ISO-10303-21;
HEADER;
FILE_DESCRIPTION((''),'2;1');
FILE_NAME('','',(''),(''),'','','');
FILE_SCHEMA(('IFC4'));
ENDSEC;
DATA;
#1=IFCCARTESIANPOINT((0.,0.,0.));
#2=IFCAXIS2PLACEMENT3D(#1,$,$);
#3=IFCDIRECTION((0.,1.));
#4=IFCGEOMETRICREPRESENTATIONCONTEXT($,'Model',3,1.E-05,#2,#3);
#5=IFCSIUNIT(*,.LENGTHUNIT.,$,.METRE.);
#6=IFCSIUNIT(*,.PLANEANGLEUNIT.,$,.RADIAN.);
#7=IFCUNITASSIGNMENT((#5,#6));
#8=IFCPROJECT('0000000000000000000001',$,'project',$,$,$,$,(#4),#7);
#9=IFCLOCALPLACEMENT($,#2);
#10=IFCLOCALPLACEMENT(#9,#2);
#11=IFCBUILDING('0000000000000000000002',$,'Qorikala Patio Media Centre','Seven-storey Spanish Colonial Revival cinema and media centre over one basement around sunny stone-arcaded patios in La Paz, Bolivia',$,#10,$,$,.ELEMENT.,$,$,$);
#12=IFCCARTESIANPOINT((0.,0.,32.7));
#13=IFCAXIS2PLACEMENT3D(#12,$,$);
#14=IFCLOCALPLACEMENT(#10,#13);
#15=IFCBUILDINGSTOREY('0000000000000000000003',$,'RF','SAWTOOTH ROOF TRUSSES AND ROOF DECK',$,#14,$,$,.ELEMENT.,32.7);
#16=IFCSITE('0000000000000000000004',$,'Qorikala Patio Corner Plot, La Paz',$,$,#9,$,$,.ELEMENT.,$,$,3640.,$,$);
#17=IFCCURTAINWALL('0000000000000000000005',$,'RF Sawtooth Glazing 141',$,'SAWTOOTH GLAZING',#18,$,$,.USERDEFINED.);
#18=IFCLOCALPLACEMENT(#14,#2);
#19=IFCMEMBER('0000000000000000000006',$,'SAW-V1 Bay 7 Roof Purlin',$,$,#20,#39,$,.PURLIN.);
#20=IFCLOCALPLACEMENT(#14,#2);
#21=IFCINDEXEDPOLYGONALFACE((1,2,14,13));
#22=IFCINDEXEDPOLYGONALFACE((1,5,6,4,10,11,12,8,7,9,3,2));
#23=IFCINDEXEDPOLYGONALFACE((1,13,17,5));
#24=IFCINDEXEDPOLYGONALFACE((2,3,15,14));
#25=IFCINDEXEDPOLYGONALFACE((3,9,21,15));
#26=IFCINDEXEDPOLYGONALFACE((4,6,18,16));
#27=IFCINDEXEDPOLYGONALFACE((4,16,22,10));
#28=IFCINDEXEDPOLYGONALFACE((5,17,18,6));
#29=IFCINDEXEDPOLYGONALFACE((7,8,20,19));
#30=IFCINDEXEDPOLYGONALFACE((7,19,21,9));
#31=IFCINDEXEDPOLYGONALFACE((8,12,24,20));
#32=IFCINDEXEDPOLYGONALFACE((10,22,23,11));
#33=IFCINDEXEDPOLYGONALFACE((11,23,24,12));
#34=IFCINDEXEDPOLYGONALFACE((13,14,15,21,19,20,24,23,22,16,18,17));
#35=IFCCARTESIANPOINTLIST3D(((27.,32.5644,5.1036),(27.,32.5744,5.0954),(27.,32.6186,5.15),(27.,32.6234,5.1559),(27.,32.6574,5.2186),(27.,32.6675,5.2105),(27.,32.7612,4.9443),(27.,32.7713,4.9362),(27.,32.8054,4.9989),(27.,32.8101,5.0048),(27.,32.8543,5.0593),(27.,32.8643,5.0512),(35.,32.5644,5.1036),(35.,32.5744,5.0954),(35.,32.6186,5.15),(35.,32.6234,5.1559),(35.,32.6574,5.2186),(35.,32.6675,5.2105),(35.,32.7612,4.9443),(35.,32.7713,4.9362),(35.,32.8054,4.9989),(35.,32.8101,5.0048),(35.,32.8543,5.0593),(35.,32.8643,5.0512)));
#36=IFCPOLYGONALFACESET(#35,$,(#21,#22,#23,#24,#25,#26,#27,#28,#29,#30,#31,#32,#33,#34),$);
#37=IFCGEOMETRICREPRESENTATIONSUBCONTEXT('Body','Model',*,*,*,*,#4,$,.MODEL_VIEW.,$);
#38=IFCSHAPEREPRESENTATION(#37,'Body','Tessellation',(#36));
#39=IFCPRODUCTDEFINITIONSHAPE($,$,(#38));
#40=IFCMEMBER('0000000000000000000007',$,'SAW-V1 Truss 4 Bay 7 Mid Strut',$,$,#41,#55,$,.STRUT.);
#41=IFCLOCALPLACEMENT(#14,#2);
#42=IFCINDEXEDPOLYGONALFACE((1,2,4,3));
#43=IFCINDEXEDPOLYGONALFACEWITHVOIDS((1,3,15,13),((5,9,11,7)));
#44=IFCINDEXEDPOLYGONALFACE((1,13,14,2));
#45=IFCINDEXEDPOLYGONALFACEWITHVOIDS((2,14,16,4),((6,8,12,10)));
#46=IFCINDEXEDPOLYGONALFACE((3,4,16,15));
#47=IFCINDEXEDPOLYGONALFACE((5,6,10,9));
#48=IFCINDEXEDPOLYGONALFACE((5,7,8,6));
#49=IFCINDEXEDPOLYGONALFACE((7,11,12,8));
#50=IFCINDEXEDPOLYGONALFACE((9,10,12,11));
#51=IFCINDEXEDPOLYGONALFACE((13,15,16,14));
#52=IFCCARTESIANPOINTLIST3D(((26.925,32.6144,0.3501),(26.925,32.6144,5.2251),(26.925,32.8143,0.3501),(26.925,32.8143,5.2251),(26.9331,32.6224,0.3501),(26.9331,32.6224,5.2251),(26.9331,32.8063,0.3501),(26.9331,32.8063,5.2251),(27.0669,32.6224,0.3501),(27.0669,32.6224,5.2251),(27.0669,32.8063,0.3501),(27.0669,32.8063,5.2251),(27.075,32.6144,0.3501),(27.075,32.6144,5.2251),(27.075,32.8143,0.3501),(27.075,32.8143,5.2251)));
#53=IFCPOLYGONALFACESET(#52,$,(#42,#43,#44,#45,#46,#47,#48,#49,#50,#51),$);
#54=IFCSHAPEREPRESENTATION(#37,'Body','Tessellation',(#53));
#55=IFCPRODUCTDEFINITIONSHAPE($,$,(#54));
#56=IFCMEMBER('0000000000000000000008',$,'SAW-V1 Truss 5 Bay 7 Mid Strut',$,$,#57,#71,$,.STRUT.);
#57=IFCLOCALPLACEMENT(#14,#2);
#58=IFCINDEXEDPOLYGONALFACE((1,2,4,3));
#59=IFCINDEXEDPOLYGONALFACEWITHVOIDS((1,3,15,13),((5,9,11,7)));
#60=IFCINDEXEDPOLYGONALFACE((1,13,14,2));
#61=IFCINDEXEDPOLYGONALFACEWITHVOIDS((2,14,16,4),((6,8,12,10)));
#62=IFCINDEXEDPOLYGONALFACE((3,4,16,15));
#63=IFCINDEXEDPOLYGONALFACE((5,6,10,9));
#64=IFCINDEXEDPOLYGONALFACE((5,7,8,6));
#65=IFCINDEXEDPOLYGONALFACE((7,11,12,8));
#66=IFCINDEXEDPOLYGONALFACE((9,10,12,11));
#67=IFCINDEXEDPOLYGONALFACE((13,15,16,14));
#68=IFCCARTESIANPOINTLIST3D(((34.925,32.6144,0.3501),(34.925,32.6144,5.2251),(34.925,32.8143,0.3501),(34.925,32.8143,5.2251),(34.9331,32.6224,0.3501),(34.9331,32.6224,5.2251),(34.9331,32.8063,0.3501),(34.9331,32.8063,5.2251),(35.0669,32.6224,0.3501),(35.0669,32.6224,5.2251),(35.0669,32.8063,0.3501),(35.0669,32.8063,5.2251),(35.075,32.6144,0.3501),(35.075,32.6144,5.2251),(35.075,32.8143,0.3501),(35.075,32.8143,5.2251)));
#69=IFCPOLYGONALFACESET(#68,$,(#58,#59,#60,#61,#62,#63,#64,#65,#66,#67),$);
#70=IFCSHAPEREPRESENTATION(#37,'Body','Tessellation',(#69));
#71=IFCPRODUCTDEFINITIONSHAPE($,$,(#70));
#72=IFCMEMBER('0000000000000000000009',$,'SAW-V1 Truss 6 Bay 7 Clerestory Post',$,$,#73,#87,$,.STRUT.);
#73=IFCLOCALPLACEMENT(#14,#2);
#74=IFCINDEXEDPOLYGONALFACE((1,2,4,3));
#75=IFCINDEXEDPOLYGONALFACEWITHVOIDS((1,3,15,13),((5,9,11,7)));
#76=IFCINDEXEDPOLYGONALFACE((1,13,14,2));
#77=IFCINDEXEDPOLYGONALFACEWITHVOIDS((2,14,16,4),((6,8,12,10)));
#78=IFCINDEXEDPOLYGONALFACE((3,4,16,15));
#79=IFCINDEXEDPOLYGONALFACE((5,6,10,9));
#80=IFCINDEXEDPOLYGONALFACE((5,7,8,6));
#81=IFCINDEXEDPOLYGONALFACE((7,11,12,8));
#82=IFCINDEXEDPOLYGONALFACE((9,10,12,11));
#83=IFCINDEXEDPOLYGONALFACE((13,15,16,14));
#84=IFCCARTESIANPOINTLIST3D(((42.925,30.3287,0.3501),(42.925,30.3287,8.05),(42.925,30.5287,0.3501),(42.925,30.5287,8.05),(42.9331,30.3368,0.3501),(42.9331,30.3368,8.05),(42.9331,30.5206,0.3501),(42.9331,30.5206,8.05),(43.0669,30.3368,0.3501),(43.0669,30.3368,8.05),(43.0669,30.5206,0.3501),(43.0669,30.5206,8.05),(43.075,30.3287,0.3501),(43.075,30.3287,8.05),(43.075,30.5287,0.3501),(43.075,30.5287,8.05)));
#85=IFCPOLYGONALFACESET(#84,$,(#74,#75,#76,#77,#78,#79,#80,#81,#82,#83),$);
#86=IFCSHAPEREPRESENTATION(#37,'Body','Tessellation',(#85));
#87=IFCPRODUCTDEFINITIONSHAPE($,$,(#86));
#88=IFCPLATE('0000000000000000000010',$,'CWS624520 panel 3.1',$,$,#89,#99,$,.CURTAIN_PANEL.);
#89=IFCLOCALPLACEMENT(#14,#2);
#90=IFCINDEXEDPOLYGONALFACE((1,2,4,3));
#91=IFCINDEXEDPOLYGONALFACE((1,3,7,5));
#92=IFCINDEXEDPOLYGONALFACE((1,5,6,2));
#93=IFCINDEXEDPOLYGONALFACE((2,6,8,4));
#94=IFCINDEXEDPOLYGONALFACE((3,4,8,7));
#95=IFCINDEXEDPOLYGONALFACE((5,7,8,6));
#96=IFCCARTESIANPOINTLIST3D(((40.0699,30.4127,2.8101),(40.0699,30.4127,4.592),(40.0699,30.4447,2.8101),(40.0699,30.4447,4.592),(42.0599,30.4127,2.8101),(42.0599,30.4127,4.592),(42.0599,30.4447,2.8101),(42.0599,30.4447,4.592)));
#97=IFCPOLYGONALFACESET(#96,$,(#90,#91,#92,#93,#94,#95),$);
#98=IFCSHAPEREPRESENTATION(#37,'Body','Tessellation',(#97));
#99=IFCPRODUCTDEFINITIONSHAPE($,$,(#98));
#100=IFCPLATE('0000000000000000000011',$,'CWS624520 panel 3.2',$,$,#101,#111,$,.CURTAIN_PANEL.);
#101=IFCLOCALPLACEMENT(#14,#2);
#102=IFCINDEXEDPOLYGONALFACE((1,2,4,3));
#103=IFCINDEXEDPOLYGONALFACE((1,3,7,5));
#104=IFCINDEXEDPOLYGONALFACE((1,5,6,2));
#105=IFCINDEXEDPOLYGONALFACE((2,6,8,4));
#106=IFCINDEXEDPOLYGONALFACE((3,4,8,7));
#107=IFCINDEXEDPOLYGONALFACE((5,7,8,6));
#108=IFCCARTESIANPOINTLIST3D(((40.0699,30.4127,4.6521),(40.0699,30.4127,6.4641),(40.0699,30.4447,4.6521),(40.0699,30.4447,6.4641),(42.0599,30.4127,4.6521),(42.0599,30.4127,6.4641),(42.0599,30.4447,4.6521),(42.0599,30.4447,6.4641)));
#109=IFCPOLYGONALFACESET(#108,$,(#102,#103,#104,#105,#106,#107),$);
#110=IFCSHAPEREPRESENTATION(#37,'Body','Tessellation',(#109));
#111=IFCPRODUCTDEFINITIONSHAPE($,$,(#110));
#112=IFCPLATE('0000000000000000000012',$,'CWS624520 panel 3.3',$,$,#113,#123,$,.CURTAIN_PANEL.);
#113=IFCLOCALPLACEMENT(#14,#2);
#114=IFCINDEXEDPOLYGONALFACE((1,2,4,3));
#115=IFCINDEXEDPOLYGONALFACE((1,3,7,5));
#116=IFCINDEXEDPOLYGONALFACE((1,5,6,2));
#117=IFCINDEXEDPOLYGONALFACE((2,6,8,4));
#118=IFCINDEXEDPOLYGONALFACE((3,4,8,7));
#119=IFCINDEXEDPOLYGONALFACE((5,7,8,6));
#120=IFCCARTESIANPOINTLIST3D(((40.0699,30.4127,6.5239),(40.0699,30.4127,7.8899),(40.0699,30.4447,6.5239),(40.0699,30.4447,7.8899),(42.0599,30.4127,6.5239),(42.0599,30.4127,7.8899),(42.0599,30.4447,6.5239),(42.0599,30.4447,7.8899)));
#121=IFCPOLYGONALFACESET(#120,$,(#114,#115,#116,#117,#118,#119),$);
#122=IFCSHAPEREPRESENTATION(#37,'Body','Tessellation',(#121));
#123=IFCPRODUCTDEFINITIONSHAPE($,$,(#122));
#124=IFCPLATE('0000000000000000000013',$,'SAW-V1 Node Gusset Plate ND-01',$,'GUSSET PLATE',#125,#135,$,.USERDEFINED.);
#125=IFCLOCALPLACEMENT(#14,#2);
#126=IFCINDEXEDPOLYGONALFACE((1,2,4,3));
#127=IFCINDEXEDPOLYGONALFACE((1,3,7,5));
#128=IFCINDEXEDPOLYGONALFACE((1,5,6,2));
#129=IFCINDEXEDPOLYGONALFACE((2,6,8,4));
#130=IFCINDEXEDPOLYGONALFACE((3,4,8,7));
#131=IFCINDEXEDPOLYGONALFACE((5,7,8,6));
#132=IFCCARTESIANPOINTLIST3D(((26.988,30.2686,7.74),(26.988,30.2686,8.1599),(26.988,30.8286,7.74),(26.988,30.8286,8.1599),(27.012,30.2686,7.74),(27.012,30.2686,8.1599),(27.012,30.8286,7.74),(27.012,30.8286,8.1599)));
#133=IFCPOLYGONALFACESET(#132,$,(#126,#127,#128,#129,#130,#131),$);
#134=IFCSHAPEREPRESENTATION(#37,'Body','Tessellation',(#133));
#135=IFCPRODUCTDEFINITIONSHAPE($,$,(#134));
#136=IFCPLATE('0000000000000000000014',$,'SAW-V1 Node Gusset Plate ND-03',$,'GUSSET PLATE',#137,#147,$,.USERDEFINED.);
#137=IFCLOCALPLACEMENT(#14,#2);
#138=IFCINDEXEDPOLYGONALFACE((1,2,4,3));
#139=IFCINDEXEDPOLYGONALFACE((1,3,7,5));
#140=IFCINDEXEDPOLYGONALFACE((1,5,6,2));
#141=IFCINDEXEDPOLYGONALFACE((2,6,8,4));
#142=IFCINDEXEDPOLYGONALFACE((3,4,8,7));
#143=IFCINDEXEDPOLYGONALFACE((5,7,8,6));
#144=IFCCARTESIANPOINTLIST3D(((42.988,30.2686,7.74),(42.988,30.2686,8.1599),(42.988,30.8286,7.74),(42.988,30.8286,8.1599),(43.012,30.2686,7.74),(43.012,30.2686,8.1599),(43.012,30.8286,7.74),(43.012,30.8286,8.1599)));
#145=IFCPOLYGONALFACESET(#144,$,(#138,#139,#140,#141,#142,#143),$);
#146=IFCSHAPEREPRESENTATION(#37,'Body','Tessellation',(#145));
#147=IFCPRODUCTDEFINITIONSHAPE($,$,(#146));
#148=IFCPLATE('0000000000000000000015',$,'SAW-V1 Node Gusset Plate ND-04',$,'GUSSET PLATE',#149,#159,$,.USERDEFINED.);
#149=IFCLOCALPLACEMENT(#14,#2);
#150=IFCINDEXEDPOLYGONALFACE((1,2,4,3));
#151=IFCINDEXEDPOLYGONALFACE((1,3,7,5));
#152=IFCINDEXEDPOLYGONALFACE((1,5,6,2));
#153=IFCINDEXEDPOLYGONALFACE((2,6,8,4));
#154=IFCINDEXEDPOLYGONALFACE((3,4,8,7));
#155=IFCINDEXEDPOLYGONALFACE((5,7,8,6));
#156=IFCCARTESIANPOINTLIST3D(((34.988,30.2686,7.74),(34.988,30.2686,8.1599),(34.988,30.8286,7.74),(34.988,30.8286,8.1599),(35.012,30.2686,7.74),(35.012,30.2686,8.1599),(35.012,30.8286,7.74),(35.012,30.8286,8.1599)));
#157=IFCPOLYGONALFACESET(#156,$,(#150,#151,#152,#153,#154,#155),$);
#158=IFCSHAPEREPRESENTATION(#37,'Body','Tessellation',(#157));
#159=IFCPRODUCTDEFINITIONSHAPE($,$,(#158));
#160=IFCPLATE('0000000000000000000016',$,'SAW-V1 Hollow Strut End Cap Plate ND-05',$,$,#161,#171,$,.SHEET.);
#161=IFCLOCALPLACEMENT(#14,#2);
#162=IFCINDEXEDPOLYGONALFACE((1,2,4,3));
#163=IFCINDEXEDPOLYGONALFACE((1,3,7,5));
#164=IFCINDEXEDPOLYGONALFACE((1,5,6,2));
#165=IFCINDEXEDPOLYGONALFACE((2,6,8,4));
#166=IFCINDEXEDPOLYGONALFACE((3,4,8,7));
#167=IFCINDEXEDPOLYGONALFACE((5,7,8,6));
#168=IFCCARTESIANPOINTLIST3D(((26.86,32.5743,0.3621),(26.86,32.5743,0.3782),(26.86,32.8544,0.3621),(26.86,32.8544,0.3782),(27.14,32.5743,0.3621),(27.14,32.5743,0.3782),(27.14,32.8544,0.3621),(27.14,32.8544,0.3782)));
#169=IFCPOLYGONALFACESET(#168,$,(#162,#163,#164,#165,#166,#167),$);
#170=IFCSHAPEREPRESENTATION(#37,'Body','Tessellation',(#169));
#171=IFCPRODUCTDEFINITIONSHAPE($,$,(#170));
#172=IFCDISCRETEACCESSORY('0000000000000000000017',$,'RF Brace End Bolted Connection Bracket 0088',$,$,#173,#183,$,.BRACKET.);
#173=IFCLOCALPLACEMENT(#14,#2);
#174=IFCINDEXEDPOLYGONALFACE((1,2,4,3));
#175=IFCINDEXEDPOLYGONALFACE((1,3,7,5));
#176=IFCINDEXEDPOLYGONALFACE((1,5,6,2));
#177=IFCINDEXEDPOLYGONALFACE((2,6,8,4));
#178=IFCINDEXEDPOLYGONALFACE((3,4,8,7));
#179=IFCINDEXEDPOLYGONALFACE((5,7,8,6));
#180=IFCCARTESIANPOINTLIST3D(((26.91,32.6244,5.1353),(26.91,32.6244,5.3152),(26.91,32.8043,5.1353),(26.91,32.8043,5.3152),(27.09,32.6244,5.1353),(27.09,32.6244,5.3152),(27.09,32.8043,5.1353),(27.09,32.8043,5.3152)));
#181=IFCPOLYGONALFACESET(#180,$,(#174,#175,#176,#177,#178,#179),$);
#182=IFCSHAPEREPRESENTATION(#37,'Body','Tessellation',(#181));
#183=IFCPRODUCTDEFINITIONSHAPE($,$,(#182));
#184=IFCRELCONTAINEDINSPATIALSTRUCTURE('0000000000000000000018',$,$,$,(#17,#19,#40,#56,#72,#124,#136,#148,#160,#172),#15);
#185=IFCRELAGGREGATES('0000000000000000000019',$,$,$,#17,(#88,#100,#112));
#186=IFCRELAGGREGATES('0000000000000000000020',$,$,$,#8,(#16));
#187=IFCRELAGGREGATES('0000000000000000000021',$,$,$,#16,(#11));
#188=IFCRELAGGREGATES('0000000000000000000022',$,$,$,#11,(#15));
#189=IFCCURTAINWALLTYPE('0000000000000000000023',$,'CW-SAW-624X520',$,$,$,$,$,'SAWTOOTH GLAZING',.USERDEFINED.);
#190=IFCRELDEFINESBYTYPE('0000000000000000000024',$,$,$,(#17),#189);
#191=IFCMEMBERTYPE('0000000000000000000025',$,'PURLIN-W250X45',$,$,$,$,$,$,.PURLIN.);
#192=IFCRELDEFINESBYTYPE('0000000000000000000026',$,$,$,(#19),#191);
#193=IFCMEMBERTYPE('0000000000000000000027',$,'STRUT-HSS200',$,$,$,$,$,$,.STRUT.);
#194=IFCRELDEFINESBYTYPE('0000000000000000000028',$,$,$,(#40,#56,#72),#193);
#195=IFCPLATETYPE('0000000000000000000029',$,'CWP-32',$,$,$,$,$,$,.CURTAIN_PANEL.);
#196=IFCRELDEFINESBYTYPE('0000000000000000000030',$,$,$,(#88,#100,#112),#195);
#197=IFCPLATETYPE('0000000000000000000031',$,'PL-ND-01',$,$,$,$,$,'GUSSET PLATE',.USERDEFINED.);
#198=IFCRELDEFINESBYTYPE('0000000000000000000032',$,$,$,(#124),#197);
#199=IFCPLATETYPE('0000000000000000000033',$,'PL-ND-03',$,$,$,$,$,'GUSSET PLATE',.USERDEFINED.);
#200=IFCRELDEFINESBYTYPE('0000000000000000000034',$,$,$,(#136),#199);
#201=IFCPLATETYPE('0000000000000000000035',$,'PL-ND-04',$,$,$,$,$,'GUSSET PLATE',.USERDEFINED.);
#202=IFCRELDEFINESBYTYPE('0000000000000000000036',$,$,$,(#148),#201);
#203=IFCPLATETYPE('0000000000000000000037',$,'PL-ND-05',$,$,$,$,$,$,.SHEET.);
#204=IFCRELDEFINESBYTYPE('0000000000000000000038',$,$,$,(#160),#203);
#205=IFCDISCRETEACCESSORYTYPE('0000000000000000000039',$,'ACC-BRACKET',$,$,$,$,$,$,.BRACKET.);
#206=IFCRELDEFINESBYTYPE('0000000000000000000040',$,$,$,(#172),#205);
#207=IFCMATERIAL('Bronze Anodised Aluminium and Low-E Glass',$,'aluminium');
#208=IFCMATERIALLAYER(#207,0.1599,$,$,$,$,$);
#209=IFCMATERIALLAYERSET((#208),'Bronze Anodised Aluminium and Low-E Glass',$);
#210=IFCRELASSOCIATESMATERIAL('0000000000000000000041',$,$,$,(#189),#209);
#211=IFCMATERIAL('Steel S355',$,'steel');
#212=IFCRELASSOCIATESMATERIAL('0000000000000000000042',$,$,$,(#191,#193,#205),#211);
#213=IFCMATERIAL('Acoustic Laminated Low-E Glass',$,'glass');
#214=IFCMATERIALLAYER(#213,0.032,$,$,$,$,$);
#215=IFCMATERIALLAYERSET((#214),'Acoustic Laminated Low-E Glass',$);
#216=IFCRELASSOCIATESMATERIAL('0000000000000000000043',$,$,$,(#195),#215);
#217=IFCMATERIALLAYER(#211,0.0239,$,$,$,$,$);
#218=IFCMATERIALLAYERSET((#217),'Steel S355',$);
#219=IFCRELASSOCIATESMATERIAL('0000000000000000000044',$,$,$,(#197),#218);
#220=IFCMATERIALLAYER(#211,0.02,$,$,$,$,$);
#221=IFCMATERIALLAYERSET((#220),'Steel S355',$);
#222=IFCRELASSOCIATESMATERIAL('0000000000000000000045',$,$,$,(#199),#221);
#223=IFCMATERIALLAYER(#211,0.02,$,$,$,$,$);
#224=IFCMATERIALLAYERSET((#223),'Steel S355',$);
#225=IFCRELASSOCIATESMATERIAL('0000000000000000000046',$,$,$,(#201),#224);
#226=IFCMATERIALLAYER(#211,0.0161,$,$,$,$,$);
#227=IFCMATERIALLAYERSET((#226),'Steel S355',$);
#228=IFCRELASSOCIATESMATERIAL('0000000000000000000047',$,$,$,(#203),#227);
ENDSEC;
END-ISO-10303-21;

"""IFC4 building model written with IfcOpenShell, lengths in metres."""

from ifc_helpers import new_model, si_unit, direction, frame, origin, origin_2d, place, context, subcontext, project, spatial, rectangle, hollow_rectangle, i_section, extrude, material, layer, layer_set, material_profile, profile_set, type_object, element, aggregate, save


model = new_model("IFC4")

# Units and contexts
model_context = context("Model", 3, precision=1e-05, world=origin(), true_north=direction((0.0, 1.0)))
body_context = subcontext(model_context, "Body", "Model", "MODEL_VIEW")
ifc_project = project(units=[si_unit("LENGTHUNIT", "METRE"), si_unit("PLANEANGLEUNIT", "RADIAN")], contexts=[model_context])

# Site, building, storey
site_placement = place(None, origin())
site = spatial("IfcSite", under=ifc_project, at=site_placement, Name="Qorikala Patio Corner Plot, La Paz", CompositionType="ELEMENT", RefElevation=3640.0)
building_placement = place(site_placement, origin())
building = spatial("IfcBuilding", under=site, at=building_placement, Name="Qorikala Patio Media Centre", Description="Seven-storey Spanish Colonial Revival cinema and media centre over one basement around sunny stone-arcaded patios in La Paz, Bolivia", CompositionType="ELEMENT")
storey_placement = place(building_placement, frame((0.0, 0.0, 32.7)))
storey = spatial("IfcBuildingStorey", under=building, at=storey_placement, Name="RF", Description="SAWTOOTH ROOF TRUSSES AND ROOF DECK", CompositionType="ELEMENT", Elevation=32.7)

# Shared definitions
ifc_material_1 = material(Name="Steel S355", Category="steel")

# Curtain wall
ifc_material_2 = material(Name="Bronze Anodised Aluminium and Low-E Glass", Category="aluminium")
ifc_layer_1 = layer(ifc_material_2, 0.1599)
ifc_layer_set_1 = layer_set([ifc_layer_1], Name="Bronze Anodised Aluminium and Low-E Glass")
curtain_wall_type = type_object("IfcCurtainWallType", Name="CW-SAW-624X520", ElementType="SAWTOOTH GLAZING", PredefinedType="USERDEFINED", material=ifc_layer_set_1)
curtain_wall_placement = place(storey_placement, origin())
curtain_wall = element("IfcCurtainWall", 1, at=curtain_wall_placement, inside=storey, type_object=curtain_wall_type, Name="RF Sawtooth Glazing 141", ObjectType="SAWTOOTH GLAZING", PredefinedType="USERDEFINED")

# Members
ifc_material_profile_1 = material_profile(ifc_material_1, i_section(OverallWidth=0.1479, OverallDepth=0.2661, WebThickness=0.0076, FlangeThickness=0.0129, at=origin_2d()), Name="W250X45")
ifc_profile_set_1 = profile_set([ifc_material_profile_1], Name="Steel S355")
member_type_1 = type_object("IfcMemberType", Name="PURLIN-W250X45", PredefinedType="PURLIN", material=ifc_profile_set_1)
for number, where, z_axis, x_axis, name in (
    (2, (27.0, 32.7144, 5.0774), (1.0, 0.0, 0.0), (0.0, 0.628995, 0.77741), "SAW-V1 Bay 7 Roof Purlin"),
):
    element("IfcMember", number, at=place(storey_placement, frame(where, z_axis=z_axis, x_axis=x_axis)), inside=storey, type_object=member_type_1, Name=name, PredefinedType="PURLIN", context=body_context, shape_type="SweptSolid", body=[
        extrude(i_section(OverallWidth=0.1479, OverallDepth=0.2661, WebThickness=0.0076, FlangeThickness=0.0129, at=origin_2d()), origin(), (0.0, 0.0, 1.0), 8.0),
    ])
ifc_material_profile_2 = material_profile(ifc_material_1, hollow_rectangle(XDim=0.1499, YDim=0.2, WallThickness=0.0081, at=origin_2d()), Name="HSS200X150X8")
ifc_profile_set_2 = profile_set([ifc_material_profile_2], Name="Steel S355")
member_type_2 = type_object("IfcMemberType", Name="STRUT-HSS200", PredefinedType="STRUT", material=ifc_profile_set_2)
for number, where, z_axis, x_axis, name in (
    (3, (27.0, 32.7144, 0.3501), (0.0, 0.0, 1.0), (1.0, 0.0, 0.0), "SAW-V1 Truss 4 Bay 7 Mid Strut"),
    (4, (35.0, 32.7144, 0.3501), (0.0, 0.0, 1.0), (1.0, 0.0, 0.0), "SAW-V1 Truss 5 Bay 7 Mid Strut"),
):
    element("IfcMember", number, at=place(storey_placement, frame(where, z_axis=z_axis, x_axis=x_axis)), inside=storey, type_object=member_type_2, Name=name, PredefinedType="STRUT", context=body_context, shape_type="SweptSolid", body=[
        extrude(hollow_rectangle(XDim=0.1499, YDim=0.2, WallThickness=0.0081, at=origin_2d()), origin(), (0.0, 0.0, 1.0), 4.875),
    ])
member_1_placement = place(storey_placement, frame((43.0, 30.4287, 0.3501), z_axis=(0.0, 0.0, 1.0), x_axis=(1.0, 0.0, 0.0)))
element("IfcMember", 5, at=member_1_placement, inside=storey, type_object=member_type_2, Name="SAW-V1 Truss 6 Bay 7 Clerestory Post", PredefinedType="STRUT", context=body_context, shape_type="SweptSolid", body=[
    extrude(hollow_rectangle(XDim=0.1499, YDim=0.2, WallThickness=0.0081, at=origin_2d()), origin(), (0.0, 0.0, 1.0), 7.7),
])

# Plates
ifc_material_3 = material(Name="Acoustic Laminated Low-E Glass", Category="glass")
ifc_layer_2 = layer(ifc_material_3, 0.032)
ifc_layer_set_2 = layer_set([ifc_layer_2], Name="Acoustic Laminated Low-E Glass")
plate_type_1 = type_object("IfcPlateType", Name="CWP-32", PredefinedType="CURTAIN_PANEL", material=ifc_layer_set_2)
plate_1_placement = place(storey_placement, frame((41.0649, 30.4287, 2.8101), z_axis=(0.0, 0.0, 1.0), x_axis=(1.0, 0.0, 0.0)))
plate_1 = element("IfcPlate", 6, at=plate_1_placement, type_object=plate_type_1, Name="CWS624520 panel 3.1", PredefinedType="CURTAIN_PANEL", context=body_context, shape_type="SweptSolid", body=[
    extrude(rectangle(XDim=1.99, YDim=0.032, at=origin_2d()), origin(), (0.0, 0.0, 1.0), 1.782),
])
plate_2_placement = place(storey_placement, frame((41.0649, 30.4287, 4.6521), z_axis=(0.0, 0.0, 1.0), x_axis=(1.0, 0.0, 0.0)))
plate_2 = element("IfcPlate", 7, at=plate_2_placement, type_object=plate_type_1, Name="CWS624520 panel 3.2", PredefinedType="CURTAIN_PANEL", context=body_context, shape_type="SweptSolid", body=[
    extrude(rectangle(XDim=1.99, YDim=0.032, at=origin_2d()), origin(), (0.0, 0.0, 1.0), 1.812),
])
plate_3_placement = place(storey_placement, frame((41.0649, 30.4287, 6.5239), z_axis=(0.0, 0.0, 1.0), x_axis=(1.0, 0.0, 0.0)))
plate_3 = element("IfcPlate", 8, at=plate_3_placement, type_object=plate_type_1, Name="CWS624520 panel 3.3", PredefinedType="CURTAIN_PANEL", context=body_context, shape_type="SweptSolid", body=[
    extrude(rectangle(XDim=1.99, YDim=0.032, at=origin_2d()), origin(), (0.0, 0.0, 1.0), 1.366),
])
aggregate(curtain_wall, [plate_1, plate_2, plate_3])

# Plates
ifc_layer_3 = layer(ifc_material_1, 0.0239)
ifc_layer_set_3 = layer_set([ifc_layer_3], Name="Steel S355")
plate_type_2 = type_object("IfcPlateType", Name="PL-ND-01", ElementType="GUSSET PLATE", PredefinedType="USERDEFINED", material=ifc_layer_set_3)
plate_4_placement = place(storey_placement, frame((27.0, 30.5486, 7.74), z_axis=(0.0, 0.0, 1.0), x_axis=(1.0, 0.0, 0.0)))
element("IfcPlate", 9, at=plate_4_placement, inside=storey, type_object=plate_type_2, Name="SAW-V1 Node Gusset Plate ND-01", ObjectType="GUSSET PLATE", PredefinedType="USERDEFINED", context=body_context, shape_type="SweptSolid", body=[
    extrude(rectangle(XDim=0.0239, YDim=0.5601, at=origin_2d()), origin(), (0.0, 0.0, 1.0), 0.4199),
])
ifc_layer_4 = layer(ifc_material_1, 0.02)
ifc_layer_set_4 = layer_set([ifc_layer_4], Name="Steel S355")
plate_type_3 = type_object("IfcPlateType", Name="PL-ND-03", ElementType="GUSSET PLATE", PredefinedType="USERDEFINED", material=ifc_layer_set_4)
plate_5_placement = place(storey_placement, frame((43.0, 30.5486, 7.74), z_axis=(0.0, 0.0, 1.0), x_axis=(1.0, 0.0, 0.0)))
element("IfcPlate", 10, at=plate_5_placement, inside=storey, type_object=plate_type_3, Name="SAW-V1 Node Gusset Plate ND-03", ObjectType="GUSSET PLATE", PredefinedType="USERDEFINED", context=body_context, shape_type="SweptSolid", body=[
    extrude(rectangle(XDim=0.0239, YDim=0.5601, at=origin_2d()), origin(), (0.0, 0.0, 1.0), 0.4199),
])
ifc_layer_5 = layer(ifc_material_1, 0.02)
ifc_layer_set_5 = layer_set([ifc_layer_5], Name="Steel S355")
plate_type_4 = type_object("IfcPlateType", Name="PL-ND-04", ElementType="GUSSET PLATE", PredefinedType="USERDEFINED", material=ifc_layer_set_5)
plate_6_placement = place(storey_placement, frame((35.0, 30.5486, 7.74), z_axis=(0.0, 0.0, 1.0), x_axis=(1.0, 0.0, 0.0)))
element("IfcPlate", 11, at=plate_6_placement, inside=storey, type_object=plate_type_4, Name="SAW-V1 Node Gusset Plate ND-04", ObjectType="GUSSET PLATE", PredefinedType="USERDEFINED", context=body_context, shape_type="SweptSolid", body=[
    extrude(rectangle(XDim=0.0239, YDim=0.5601, at=origin_2d()), origin(), (0.0, 0.0, 1.0), 0.4199),
])
ifc_layer_6 = layer(ifc_material_1, 0.0161)
ifc_layer_set_6 = layer_set([ifc_layer_6], Name="Steel S355")
plate_type_5 = type_object("IfcPlateType", Name="PL-ND-05", PredefinedType="SHEET", material=ifc_layer_set_6)
plate_7_placement = place(storey_placement, frame((27.0, 32.7144, 0.3621), z_axis=(0.0, 0.0, 1.0), x_axis=(1.0, 0.0, 0.0)))
element("IfcPlate", 12, at=plate_7_placement, inside=storey, type_object=plate_type_5, Name="SAW-V1 Hollow Strut End Cap Plate ND-05", PredefinedType="SHEET", context=body_context, shape_type="SweptSolid", body=[
    extrude(rectangle(XDim=0.28, YDim=0.28, at=origin_2d()), origin(), (0.0, 0.0, 1.0), 0.0161),
])

# Discrete accessory
discrete_accessory_type = type_object("IfcDiscreteAccessoryType", Name="ACC-BRACKET", PredefinedType="BRACKET", material=ifc_material_1)
for number, where, z_axis, x_axis, name in (
    (13, (27.0, 32.7144, 5.1353), (0.0, 0.0, 1.0), (1.0, 0.0, 0.0), "RF Brace End Bolted Connection Bracket 0088"),
):
    element("IfcDiscreteAccessory", number, at=place(storey_placement, frame(where, z_axis=z_axis, x_axis=x_axis)), inside=storey, type_object=discrete_accessory_type, Name=name, PredefinedType="BRACKET", context=body_context, shape_type="SweptSolid", body=[
        extrude(rectangle(XDim=0.1799, YDim=0.1799, at=origin_2d()), origin(), (0.0, 0.0, 1.0), 0.1799),
    ])

save(model, "model.ifc")
